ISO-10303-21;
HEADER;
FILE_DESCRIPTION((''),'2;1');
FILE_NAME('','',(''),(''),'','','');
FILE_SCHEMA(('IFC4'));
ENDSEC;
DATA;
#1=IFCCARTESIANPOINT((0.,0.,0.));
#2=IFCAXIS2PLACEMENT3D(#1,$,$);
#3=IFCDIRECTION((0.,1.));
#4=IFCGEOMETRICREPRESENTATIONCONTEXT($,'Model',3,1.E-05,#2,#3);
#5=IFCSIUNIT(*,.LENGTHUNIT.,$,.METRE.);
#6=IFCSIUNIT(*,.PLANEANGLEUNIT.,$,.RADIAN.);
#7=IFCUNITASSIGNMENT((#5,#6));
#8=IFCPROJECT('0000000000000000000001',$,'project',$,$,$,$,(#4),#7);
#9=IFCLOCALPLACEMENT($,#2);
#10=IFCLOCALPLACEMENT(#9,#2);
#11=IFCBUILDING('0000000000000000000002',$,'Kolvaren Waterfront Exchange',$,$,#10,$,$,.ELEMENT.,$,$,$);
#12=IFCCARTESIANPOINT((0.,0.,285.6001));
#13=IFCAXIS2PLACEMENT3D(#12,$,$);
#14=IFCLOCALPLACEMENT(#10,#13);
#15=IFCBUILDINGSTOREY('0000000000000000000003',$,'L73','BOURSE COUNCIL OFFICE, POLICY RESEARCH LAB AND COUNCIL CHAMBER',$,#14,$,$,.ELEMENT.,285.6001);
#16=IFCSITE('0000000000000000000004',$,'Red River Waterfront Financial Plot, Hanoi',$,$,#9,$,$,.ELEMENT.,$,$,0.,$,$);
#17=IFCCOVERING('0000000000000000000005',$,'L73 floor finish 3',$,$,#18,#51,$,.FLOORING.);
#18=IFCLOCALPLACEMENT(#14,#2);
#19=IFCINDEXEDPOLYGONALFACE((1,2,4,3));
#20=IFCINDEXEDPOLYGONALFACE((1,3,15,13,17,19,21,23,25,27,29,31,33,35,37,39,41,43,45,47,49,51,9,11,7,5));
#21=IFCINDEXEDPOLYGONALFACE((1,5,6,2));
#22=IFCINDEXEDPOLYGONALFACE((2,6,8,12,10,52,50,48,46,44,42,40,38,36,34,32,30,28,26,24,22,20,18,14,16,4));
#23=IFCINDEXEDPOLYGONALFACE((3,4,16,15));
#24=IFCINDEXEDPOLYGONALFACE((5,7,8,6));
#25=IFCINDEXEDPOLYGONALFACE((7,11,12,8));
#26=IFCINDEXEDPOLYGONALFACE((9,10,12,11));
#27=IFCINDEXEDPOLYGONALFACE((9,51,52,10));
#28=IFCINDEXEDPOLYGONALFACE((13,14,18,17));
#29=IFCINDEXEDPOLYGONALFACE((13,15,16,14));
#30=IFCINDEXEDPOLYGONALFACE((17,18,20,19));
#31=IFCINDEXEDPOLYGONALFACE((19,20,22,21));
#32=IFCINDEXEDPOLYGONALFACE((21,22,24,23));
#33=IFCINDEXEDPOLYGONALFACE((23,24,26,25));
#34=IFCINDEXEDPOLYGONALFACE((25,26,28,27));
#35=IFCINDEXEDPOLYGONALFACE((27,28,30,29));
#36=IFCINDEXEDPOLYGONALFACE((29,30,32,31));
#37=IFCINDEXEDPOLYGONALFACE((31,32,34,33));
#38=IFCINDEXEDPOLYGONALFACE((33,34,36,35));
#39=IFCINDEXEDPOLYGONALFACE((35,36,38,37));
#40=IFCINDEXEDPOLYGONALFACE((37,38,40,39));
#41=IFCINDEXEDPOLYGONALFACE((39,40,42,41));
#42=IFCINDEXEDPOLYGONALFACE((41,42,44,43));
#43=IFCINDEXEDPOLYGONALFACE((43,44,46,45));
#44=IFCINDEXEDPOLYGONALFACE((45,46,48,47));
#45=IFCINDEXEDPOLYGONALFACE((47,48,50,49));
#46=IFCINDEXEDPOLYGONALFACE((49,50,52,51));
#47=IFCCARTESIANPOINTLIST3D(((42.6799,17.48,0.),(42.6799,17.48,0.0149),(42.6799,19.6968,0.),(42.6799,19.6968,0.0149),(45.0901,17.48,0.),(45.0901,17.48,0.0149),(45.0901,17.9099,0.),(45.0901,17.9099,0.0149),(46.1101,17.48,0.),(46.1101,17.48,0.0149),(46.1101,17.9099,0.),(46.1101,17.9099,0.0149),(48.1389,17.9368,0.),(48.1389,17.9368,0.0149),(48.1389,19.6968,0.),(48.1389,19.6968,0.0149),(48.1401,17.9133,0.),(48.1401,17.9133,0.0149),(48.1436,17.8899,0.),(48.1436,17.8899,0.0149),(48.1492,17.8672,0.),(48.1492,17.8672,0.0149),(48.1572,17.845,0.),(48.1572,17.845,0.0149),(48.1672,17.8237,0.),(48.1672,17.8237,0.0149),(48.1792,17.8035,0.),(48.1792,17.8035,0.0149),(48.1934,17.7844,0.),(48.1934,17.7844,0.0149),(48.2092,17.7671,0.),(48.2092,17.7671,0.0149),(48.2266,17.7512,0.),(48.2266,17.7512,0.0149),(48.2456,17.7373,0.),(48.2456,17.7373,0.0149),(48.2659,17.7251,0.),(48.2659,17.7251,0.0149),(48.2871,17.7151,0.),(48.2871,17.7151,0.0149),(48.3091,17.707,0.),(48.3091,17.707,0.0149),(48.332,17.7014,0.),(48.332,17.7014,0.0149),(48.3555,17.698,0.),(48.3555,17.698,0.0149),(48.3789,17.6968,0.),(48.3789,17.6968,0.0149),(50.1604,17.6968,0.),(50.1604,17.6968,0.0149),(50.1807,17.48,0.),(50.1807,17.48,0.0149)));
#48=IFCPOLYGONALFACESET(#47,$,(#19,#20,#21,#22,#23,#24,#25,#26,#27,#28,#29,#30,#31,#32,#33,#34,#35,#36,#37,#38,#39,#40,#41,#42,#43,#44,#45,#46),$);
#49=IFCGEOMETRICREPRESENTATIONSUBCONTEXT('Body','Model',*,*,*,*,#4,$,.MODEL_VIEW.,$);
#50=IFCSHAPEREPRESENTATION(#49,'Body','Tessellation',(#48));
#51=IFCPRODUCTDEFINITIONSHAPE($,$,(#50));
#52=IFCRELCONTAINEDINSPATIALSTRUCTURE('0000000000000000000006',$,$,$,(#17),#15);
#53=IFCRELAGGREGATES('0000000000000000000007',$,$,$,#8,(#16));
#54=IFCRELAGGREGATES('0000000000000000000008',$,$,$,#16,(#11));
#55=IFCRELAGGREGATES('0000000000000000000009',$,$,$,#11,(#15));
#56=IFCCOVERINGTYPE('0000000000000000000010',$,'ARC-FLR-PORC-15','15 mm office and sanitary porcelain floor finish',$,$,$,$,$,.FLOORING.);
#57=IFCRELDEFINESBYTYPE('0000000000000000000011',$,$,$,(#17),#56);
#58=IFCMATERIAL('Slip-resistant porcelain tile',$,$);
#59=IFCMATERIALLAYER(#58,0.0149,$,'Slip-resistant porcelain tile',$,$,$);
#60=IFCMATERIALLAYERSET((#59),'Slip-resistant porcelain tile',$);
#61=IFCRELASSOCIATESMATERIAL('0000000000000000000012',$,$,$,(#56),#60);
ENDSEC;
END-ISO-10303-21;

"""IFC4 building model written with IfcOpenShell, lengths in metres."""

from ifc_helpers import new_model, si_unit, direction, frame, origin, place, context, subcontext, project, spatial, polyline, outline, extrude, material, layer, layer_set, type_object, element, save


model = new_model("IFC4")

# Units and contexts
model_context = context("Model", 3, precision=1e-05, world=origin(), true_north=direction((0.0, 1.0)))
body_context = subcontext(model_context, "Body", "Model", "MODEL_VIEW")
ifc_project = project(units=[si_unit("LENGTHUNIT", "METRE"), si_unit("PLANEANGLEUNIT", "RADIAN")], contexts=[model_context])

# Site, building, storey
site_placement = place(None, origin())
site = spatial("IfcSite", under=ifc_project, at=site_placement, Name="Red River Waterfront Financial Plot, Hanoi", CompositionType="ELEMENT", RefElevation=0.0)
building_placement = place(site_placement, origin())
building = spatial("IfcBuilding", under=site, at=building_placement, Name="Kolvaren Waterfront Exchange", CompositionType="ELEMENT")
storey_placement = place(building_placement, frame((0.0, 0.0, 285.6001)))
storey = spatial("IfcBuildingStorey", under=building, at=storey_placement, Name="L73", Description="BOURSE COUNCIL OFFICE, POLICY RESEARCH LAB AND COUNCIL CHAMBER", CompositionType="ELEMENT", Elevation=285.6001)

# Covering
ifc_material_1 = material(Name="Slip-resistant porcelain tile")
ifc_layer_1 = layer(ifc_material_1, 0.0149, Name="Slip-resistant porcelain tile")
ifc_layer_set_1 = layer_set([ifc_layer_1], Name="Slip-resistant porcelain tile")
covering_type_1 = type_object("IfcCoveringType", Name="ARC-FLR-PORC-15", Description="15 mm office and sanitary porcelain floor finish", PredefinedType="FLOORING", material=ifc_layer_set_1)
covering_1_placement = place(storey_placement, origin())
element("IfcCovering", 1, at=covering_1_placement, inside=storey, type_object=covering_type_1, Name="L73 floor finish 3", PredefinedType="FLOORING", context=body_context, shape_type="SweptSolid", body=[
    extrude(outline(polyline([(42.6799, 19.6968), (42.6799, 17.48), (45.0901, 17.48), (45.0901, 17.9099), (46.1101, 17.9099), (46.1101, 17.48), (50.1807, 17.48), (50.1604, 17.6968), (48.3789, 17.6968), (48.3555, 17.698), (48.332, 17.7014), (48.3091, 17.707), (48.2871, 17.7151), (48.2659, 17.7251), (48.2456, 17.7373), (48.2266, 17.7512), (48.2092, 17.7671), (48.1934, 17.7844), (48.1792, 17.8035), (48.1672, 17.8237), (48.1572, 17.845), (48.1492, 17.8672), (48.1436, 17.8899), (48.1401, 17.9133), (48.1389, 17.9368), (48.1389, 19.6968), (42.6799, 19.6968)])), origin(), (0.0, 0.0, 1.0), 0.0149),
])

save(model, "model.ifc")
